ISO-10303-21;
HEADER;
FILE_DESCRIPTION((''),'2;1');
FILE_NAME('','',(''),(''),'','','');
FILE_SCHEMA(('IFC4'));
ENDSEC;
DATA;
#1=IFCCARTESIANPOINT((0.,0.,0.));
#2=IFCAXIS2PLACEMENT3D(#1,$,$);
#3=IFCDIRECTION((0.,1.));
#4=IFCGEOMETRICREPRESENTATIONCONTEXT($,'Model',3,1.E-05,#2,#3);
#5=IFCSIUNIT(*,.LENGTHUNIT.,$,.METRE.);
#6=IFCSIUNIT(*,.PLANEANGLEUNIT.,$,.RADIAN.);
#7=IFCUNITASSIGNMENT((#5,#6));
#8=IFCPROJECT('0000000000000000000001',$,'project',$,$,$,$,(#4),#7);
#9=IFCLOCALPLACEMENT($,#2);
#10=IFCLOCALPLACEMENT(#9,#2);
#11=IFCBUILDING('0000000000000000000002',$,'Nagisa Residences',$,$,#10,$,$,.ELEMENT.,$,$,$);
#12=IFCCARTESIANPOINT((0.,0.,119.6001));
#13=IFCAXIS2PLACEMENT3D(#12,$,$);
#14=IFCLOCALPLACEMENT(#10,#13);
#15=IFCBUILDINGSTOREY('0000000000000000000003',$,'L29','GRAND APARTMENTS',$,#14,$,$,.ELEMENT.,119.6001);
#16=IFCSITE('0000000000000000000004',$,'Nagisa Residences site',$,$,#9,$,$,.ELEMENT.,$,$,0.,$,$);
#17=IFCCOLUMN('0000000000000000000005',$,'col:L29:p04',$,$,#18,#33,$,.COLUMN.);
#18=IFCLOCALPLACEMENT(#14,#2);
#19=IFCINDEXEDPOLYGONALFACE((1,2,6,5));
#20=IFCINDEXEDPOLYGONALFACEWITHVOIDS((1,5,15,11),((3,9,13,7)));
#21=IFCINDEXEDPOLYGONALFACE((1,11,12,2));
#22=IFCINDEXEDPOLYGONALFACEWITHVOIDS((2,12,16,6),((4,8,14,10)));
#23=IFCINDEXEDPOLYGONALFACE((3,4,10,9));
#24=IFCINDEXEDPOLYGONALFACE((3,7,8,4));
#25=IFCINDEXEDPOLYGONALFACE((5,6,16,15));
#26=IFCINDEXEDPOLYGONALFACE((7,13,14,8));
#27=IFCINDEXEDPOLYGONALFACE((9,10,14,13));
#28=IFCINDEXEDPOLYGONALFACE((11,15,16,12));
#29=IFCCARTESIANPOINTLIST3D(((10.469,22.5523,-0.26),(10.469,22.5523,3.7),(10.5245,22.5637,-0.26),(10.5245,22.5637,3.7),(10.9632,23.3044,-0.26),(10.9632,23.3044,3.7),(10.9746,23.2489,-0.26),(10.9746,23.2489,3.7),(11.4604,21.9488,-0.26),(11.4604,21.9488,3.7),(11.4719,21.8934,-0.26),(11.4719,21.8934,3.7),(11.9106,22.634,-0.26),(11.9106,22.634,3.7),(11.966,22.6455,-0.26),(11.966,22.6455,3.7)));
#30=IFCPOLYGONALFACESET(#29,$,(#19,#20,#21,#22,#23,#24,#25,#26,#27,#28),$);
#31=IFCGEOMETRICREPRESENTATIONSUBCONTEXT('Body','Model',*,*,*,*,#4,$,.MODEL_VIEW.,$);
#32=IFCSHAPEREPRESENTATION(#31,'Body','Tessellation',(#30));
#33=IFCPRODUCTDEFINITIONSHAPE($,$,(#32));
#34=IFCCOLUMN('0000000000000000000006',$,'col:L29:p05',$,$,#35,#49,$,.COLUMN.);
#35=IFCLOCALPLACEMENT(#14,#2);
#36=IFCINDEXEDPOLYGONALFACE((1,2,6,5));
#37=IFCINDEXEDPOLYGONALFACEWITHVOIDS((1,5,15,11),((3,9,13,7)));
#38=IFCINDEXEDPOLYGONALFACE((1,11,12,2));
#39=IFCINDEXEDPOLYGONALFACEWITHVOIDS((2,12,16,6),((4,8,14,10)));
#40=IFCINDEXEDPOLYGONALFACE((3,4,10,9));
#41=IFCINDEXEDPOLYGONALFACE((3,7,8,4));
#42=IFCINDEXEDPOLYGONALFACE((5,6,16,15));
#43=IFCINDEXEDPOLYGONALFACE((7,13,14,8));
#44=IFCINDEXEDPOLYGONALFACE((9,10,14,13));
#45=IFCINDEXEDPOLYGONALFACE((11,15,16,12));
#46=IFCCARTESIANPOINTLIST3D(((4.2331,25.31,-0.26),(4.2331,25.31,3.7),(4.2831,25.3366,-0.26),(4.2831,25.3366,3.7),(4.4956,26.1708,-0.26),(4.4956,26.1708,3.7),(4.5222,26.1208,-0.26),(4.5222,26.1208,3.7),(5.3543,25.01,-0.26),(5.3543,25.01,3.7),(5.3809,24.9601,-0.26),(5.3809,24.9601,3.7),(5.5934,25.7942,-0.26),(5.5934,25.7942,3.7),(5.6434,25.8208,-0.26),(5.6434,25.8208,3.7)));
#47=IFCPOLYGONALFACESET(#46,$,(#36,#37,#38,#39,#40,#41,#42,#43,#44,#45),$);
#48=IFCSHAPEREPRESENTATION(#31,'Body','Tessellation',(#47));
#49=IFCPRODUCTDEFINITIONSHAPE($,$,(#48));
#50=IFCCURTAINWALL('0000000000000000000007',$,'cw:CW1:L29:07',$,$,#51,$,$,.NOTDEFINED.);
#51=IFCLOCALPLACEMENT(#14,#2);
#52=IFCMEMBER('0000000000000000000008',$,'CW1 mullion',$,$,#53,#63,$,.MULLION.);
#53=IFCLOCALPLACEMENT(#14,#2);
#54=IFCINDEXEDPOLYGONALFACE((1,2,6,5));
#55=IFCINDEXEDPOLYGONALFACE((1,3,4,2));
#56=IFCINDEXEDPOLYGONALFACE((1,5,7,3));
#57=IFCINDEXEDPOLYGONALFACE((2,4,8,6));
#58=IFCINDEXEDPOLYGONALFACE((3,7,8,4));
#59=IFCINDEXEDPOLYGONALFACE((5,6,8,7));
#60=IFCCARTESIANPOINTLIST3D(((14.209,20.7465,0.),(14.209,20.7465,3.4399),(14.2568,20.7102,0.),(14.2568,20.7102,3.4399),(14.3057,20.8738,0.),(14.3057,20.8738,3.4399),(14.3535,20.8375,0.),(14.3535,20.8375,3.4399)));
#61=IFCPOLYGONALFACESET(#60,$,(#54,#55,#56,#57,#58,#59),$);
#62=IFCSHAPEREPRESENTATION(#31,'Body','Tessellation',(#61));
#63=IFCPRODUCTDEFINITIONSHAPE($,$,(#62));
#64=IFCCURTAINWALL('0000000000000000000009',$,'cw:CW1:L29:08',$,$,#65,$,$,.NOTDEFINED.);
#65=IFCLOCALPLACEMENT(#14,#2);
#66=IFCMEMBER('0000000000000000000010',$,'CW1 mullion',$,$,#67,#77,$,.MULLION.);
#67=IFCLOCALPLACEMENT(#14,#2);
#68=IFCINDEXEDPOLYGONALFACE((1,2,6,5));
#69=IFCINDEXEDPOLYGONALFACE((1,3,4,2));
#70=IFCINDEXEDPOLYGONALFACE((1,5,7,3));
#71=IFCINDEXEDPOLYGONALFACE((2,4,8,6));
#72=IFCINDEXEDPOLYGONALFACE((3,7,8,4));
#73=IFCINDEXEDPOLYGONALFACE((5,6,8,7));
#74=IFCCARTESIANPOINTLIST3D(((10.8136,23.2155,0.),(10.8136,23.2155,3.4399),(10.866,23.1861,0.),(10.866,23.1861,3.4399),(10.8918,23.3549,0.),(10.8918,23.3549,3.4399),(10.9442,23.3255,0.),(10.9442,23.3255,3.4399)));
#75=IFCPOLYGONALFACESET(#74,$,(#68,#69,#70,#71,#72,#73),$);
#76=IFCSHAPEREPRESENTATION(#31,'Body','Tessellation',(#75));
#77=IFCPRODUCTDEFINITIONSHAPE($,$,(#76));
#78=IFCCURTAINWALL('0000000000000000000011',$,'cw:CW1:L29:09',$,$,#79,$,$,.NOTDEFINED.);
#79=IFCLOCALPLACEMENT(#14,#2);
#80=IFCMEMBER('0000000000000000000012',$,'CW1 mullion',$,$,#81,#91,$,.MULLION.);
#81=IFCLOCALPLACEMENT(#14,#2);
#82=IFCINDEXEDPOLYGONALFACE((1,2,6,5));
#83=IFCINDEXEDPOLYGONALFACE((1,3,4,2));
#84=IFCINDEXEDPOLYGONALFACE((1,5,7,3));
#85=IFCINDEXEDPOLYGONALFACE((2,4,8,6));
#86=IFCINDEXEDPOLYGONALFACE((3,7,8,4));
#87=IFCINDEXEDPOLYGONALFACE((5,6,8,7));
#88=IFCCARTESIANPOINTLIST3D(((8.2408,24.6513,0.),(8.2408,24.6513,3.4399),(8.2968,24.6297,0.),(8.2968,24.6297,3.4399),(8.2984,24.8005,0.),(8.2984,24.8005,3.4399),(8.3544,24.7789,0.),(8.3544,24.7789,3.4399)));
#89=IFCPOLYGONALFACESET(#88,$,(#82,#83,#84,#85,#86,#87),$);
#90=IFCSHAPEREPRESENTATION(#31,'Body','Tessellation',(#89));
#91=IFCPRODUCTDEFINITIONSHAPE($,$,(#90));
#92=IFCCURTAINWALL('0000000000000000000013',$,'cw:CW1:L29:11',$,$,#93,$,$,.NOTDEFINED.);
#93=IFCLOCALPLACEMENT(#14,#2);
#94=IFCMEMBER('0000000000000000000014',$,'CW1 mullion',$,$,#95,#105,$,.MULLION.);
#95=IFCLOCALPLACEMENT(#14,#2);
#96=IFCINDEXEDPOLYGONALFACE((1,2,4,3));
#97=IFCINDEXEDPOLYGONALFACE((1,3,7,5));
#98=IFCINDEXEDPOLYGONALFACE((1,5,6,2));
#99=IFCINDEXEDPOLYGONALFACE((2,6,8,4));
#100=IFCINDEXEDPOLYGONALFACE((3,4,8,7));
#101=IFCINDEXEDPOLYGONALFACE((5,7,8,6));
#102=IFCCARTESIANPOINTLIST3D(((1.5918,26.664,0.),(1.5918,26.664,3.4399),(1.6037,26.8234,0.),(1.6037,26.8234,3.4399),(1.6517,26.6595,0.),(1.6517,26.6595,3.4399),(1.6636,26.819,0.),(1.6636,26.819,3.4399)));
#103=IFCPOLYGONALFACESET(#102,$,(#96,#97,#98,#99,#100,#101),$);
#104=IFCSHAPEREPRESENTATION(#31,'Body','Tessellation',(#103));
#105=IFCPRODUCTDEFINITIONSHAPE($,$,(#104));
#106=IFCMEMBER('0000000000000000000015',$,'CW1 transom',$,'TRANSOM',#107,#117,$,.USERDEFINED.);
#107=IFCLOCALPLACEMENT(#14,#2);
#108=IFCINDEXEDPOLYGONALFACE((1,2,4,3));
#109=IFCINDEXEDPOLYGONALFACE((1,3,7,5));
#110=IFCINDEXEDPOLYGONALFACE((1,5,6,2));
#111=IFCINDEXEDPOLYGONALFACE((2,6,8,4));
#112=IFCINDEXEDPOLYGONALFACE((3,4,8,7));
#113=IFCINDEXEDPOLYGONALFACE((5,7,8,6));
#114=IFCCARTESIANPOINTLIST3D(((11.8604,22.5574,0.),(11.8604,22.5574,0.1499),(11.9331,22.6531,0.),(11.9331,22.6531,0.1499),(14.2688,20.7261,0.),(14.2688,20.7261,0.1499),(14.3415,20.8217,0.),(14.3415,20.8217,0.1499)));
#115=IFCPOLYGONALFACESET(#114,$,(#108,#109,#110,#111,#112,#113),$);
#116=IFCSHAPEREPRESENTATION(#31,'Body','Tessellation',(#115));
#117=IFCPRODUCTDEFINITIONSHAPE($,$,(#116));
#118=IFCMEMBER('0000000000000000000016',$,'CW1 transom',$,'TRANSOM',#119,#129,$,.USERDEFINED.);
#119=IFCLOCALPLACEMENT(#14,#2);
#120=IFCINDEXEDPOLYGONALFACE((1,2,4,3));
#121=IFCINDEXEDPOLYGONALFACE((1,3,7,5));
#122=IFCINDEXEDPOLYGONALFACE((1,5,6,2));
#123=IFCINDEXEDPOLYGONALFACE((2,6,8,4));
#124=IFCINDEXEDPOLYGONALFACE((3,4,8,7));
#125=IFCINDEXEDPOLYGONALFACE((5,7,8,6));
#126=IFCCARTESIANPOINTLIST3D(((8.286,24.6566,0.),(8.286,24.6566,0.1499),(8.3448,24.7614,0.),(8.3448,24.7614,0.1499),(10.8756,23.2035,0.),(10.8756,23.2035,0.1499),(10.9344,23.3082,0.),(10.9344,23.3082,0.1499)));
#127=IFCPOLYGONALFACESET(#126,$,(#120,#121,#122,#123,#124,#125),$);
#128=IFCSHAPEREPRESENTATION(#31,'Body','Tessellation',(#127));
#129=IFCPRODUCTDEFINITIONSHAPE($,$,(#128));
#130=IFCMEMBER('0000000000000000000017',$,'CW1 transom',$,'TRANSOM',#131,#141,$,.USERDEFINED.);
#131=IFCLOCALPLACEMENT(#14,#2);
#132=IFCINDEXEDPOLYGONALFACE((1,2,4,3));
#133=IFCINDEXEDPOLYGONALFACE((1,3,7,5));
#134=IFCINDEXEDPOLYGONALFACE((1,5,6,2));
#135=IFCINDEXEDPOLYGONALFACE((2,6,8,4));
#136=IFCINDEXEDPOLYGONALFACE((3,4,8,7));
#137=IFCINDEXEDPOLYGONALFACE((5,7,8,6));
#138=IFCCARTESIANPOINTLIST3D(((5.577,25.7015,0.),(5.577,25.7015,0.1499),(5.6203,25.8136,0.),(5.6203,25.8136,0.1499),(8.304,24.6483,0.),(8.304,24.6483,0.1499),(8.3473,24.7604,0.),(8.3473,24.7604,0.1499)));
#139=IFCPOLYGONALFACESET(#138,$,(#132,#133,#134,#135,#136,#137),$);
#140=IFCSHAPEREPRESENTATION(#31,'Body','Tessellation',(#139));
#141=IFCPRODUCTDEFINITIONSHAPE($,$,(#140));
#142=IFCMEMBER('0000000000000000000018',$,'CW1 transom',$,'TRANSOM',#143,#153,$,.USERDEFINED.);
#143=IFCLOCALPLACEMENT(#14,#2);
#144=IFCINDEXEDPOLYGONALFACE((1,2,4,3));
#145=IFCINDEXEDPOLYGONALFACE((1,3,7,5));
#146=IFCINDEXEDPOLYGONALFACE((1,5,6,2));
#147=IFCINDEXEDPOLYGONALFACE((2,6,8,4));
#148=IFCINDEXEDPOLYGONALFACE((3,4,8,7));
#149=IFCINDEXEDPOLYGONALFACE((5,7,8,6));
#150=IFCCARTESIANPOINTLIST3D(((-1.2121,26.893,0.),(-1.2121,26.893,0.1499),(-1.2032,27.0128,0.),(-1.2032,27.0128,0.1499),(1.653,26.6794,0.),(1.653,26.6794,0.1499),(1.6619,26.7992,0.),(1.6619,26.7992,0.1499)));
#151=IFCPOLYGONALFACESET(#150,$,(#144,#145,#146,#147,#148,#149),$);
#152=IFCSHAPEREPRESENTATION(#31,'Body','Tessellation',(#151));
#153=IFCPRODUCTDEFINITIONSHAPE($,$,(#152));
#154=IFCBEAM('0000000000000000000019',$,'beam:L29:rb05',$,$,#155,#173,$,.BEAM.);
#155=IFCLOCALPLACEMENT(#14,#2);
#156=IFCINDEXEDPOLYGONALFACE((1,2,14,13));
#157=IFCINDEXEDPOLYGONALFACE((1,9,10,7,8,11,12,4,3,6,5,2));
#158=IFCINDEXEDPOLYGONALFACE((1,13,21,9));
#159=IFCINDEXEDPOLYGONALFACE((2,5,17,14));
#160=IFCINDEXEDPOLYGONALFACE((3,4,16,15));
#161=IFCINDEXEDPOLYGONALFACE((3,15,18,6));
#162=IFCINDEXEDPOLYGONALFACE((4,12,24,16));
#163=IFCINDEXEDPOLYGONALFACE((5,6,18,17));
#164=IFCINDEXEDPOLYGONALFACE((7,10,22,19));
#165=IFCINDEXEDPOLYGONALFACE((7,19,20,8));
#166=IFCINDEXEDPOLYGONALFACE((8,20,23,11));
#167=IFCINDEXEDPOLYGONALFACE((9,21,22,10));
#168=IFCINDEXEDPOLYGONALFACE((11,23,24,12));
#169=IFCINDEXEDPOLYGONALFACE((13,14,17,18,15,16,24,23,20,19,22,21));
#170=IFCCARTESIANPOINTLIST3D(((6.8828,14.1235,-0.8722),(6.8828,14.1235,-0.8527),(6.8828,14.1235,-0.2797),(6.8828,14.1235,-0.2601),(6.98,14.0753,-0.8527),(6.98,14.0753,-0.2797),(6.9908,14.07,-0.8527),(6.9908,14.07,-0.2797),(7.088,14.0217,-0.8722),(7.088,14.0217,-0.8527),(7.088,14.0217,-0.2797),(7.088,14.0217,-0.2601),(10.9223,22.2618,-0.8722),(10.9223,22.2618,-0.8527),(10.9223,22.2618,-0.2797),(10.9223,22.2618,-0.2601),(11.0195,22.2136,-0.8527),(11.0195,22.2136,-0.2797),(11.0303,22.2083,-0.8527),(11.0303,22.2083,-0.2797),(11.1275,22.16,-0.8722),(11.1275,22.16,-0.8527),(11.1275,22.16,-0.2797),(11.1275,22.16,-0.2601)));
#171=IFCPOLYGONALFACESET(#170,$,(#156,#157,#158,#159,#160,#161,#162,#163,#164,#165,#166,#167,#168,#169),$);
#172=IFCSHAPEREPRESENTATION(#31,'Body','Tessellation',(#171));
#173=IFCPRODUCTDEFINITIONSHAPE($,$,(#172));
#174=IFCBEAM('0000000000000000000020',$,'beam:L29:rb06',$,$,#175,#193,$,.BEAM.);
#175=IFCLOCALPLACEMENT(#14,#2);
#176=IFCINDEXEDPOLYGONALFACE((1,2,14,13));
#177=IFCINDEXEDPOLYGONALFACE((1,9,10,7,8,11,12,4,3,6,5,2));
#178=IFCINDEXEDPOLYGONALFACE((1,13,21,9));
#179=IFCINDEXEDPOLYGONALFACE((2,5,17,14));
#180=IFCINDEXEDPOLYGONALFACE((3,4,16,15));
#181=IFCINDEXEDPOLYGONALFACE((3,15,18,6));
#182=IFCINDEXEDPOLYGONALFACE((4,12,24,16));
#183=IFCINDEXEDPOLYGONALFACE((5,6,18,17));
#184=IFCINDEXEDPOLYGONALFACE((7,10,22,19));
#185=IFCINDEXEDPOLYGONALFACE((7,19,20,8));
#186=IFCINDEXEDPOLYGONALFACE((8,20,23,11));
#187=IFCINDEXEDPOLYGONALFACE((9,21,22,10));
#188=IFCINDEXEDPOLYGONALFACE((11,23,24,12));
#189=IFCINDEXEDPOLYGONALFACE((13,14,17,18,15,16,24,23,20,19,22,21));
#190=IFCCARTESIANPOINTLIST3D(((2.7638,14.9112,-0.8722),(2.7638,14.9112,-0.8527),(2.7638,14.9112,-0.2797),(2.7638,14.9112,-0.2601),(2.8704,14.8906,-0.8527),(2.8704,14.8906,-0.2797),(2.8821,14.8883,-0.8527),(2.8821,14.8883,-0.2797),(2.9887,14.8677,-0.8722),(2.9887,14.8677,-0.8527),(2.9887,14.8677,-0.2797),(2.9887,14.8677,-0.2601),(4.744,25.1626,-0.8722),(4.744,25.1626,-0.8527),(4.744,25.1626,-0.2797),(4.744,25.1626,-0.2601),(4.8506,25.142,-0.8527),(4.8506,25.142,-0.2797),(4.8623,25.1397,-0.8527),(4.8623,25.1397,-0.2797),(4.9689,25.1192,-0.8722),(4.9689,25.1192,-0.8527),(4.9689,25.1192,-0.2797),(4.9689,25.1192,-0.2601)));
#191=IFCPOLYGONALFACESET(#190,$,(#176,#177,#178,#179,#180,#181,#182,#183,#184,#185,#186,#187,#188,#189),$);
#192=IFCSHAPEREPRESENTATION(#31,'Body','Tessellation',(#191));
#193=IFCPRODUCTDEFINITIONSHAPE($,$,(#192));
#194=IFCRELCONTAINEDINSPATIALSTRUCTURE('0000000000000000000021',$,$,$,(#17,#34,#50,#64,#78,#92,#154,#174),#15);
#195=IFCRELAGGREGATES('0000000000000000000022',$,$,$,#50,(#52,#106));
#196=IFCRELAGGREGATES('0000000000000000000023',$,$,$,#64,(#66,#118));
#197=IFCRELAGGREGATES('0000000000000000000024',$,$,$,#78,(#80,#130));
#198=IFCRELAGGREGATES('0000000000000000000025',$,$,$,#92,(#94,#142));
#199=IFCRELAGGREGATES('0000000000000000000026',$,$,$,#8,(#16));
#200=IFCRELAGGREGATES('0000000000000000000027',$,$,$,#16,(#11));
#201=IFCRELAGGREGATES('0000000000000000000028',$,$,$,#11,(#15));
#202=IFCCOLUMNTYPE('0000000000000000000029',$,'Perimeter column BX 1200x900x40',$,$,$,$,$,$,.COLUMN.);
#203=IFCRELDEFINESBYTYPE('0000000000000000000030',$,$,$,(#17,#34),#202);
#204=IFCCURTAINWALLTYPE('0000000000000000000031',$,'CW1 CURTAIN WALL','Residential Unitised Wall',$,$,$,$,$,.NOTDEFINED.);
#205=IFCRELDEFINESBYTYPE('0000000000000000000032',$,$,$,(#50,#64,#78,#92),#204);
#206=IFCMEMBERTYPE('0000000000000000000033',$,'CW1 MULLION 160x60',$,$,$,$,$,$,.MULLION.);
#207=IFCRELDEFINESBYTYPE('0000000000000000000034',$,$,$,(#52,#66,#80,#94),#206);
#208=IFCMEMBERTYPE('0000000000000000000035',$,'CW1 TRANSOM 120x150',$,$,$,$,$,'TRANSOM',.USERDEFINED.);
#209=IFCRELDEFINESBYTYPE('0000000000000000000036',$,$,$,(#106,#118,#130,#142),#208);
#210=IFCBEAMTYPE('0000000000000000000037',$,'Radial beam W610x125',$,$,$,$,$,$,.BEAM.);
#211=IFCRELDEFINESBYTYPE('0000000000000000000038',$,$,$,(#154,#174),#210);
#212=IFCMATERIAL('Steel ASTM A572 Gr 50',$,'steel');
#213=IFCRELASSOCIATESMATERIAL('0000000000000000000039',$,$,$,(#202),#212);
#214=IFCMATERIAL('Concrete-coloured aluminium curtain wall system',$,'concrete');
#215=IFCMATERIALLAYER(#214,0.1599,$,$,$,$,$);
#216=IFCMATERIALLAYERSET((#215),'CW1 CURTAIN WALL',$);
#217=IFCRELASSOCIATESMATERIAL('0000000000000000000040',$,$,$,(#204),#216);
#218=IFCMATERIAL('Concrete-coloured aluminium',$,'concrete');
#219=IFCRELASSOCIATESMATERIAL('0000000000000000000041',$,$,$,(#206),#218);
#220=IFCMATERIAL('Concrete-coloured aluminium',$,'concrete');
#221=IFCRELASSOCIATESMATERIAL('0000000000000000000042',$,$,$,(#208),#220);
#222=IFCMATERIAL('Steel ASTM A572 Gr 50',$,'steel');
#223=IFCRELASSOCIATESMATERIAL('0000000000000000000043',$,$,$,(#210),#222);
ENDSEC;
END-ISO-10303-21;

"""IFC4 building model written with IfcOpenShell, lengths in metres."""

from ifc_helpers import new_model, si_unit, direction, frame, origin, origin_2d, place, context, subcontext, project, spatial, rectangle, hollow_rectangle, i_section, extrude, material, layer, layer_set, material_profile, profile_set, type_object, element, aggregate, save


model = new_model("IFC4")

# Units and contexts
model_context = context("Model", 3, precision=1e-05, world=origin(), true_north=direction((0.0, 1.0)))
body_context = subcontext(model_context, "Body", "Model", "MODEL_VIEW")
ifc_project = project(units=[si_unit("LENGTHUNIT", "METRE"), si_unit("PLANEANGLEUNIT", "RADIAN")], contexts=[model_context])

# Site, building, storey
site_placement = place(None, origin())
site = spatial("IfcSite", under=ifc_project, at=site_placement, Name="Nagisa Residences site", CompositionType="ELEMENT", RefElevation=0.0)
building_placement = place(site_placement, origin())
building = spatial("IfcBuilding", under=site, at=building_placement, Name="Nagisa Residences", CompositionType="ELEMENT")
storey_placement = place(building_placement, frame((0.0, 0.0, 119.6001)))
storey = spatial("IfcBuildingStorey", under=building, at=storey_placement, Name="L29", Description="GRAND APARTMENTS", CompositionType="ELEMENT", Elevation=119.6001)

# Columns
ifc_material_1 = material(Name="Steel ASTM A572 Gr 50", Category="steel")
ifc_material_profile_1 = material_profile(ifc_material_1, hollow_rectangle(XDim=1.2, YDim=0.8999, WallThickness=0.04, at=origin_2d()), Name="BX 1200x900x40")
ifc_profile_set_1 = profile_set([ifc_material_profile_1], Name="Steel ASTM A572 Gr 50")
column_type = type_object("IfcColumnType", Name="Perimeter column BX 1200x900x40", PredefinedType="COLUMN", material=ifc_profile_set_1)
for number, where, z_axis, x_axis, name in (
    (1, (11.2175, 22.5989, -0.26), (0.0, 0.0, 1.0), (-0.835766, 0.549086, 0.0), "col:L29:p04"),
    (2, (4.9382, 25.5654, -0.26), (0.0, 0.0, 1.0), (-0.956525, 0.291652, 0.0), "col:L29:p05"),
):
    element("IfcColumn", number, at=place(storey_placement, frame(where, z_axis=z_axis, x_axis=x_axis)), inside=storey, type_object=column_type, Name=name, PredefinedType="COLUMN", context=body_context, shape_type="SweptSolid", body=[
        extrude(hollow_rectangle(XDim=1.2, YDim=0.8999, WallThickness=0.04, at=origin_2d()), origin(), (0.0, 0.0, 1.0), 3.96),
    ])

# Curtain walls, members
ifc_material_2 = material(Name="Concrete-coloured aluminium curtain wall system", Category="concrete")
ifc_layer_1 = layer(ifc_material_2, 0.1599)
ifc_layer_set_1 = layer_set([ifc_layer_1], Name="CW1 CURTAIN WALL")
curtain_wall_type = type_object("IfcCurtainWallType", Name="CW1 CURTAIN WALL", Description="Residential Unitised Wall", PredefinedType="NOTDEFINED", material=ifc_layer_set_1)
curtain_wall_1_placement = place(storey_placement, origin())
curtain_wall_1 = element("IfcCurtainWall", 3, at=curtain_wall_1_placement, inside=storey, type_object=curtain_wall_type, Name="cw:CW1:L29:07", PredefinedType="NOTDEFINED")
ifc_material_3 = material(Name="Concrete-coloured aluminium", Category="concrete")
ifc_material_profile_2 = material_profile(ifc_material_3, rectangle(XDim=0.1599, YDim=0.0601, at=origin_2d()), Name="CW1 MULLION 160x60")
ifc_profile_set_2 = profile_set([ifc_material_profile_2], Name="Concrete-coloured aluminium")
member_type_1 = type_object("IfcMemberType", Name="CW1 MULLION 160x60", PredefinedType="MULLION", material=ifc_profile_set_2)
member_1_placement = place(storey_placement, frame((14.2812, 20.792, 0.0), z_axis=(0.0, 0.0, 1.0), x_axis=(-0.605255, -0.796031, 0.0)))
member_1 = element("IfcMember", 4, at=member_1_placement, type_object=member_type_1, Name="CW1 mullion", PredefinedType="MULLION", context=body_context, shape_type="SweptSolid", body=[
    extrude(rectangle(XDim=0.1599, YDim=0.0601, at=origin_2d()), origin(), (0.0, 0.0, 1.0), 3.4399),
])
curtain_wall_2_placement = place(storey_placement, origin())
curtain_wall_2 = element("IfcCurtainWall", 5, at=curtain_wall_2_placement, inside=storey, type_object=curtain_wall_type, Name="cw:CW1:L29:08", PredefinedType="NOTDEFINED")
member_2_placement = place(storey_placement, frame((10.8789, 23.2705, 0.0), z_axis=(0.0, 0.0, 1.0), x_axis=(-0.489377, -0.872072, 0.0)))
member_2 = element("IfcMember", 6, at=member_2_placement, type_object=member_type_1, Name="CW1 mullion", PredefinedType="MULLION", context=body_context, shape_type="SweptSolid", body=[
    extrude(rectangle(XDim=0.1599, YDim=0.0601, at=origin_2d()), origin(), (0.0, 0.0, 1.0), 3.4399),
])
curtain_wall_3_placement = place(storey_placement, origin())
curtain_wall_3 = element("IfcCurtainWall", 7, at=curtain_wall_3_placement, inside=storey, type_object=curtain_wall_type, Name="cw:CW1:L29:09", PredefinedType="NOTDEFINED")
member_3_placement = place(storey_placement, frame((8.2976, 24.7151, 0.0), z_axis=(0.0, 0.0, 1.0), x_axis=(-0.360328, -0.932826, 0.0)))
member_3 = element("IfcMember", 8, at=member_3_placement, type_object=member_type_1, Name="CW1 mullion", PredefinedType="MULLION", context=body_context, shape_type="SweptSolid", body=[
    extrude(rectangle(XDim=0.1599, YDim=0.0601, at=origin_2d()), origin(), (0.0, 0.0, 1.0), 3.4399),
])
curtain_wall_4_placement = place(storey_placement, origin())
curtain_wall_4 = element("IfcCurtainWall", 9, at=curtain_wall_4_placement, inside=storey, type_object=curtain_wall_type, Name="cw:CW1:L29:11", PredefinedType="NOTDEFINED")
member_4_placement = place(storey_placement, frame((1.6277, 26.7415, 0.0), z_axis=(0.0, 0.0, 1.0), x_axis=(-0.074377, -0.99723, 0.0)))
member_4 = element("IfcMember", 10, at=member_4_placement, type_object=member_type_1, Name="CW1 mullion", PredefinedType="MULLION", context=body_context, shape_type="SweptSolid", body=[
    extrude(rectangle(XDim=0.1599, YDim=0.0601, at=origin_2d()), origin(), (0.0, 0.0, 1.0), 3.4399),
])

# Members
ifc_material_4 = material(Name="Concrete-coloured aluminium", Category="concrete")
ifc_material_profile_3 = material_profile(ifc_material_4, rectangle(XDim=0.1201, YDim=0.1499, at=origin_2d()), Name="CW1 TRANSOM 120x150")
ifc_profile_set_3 = profile_set([ifc_material_profile_3], Name="Concrete-coloured aluminium")
member_type_2 = type_object("IfcMemberType", Name="CW1 TRANSOM 120x150", ElementType="TRANSOM", PredefinedType="USERDEFINED", material=ifc_profile_set_3)
member_5_placement = place(storey_placement, frame((14.3052, 20.7739, 0.075), z_axis=(-0.796022, 0.605267, 0.0), x_axis=(-0.605267, -0.796022, 0.0)))
member_5 = element("IfcMember", 11, at=member_5_placement, type_object=member_type_2, Name="CW1 transom", ObjectType="TRANSOM", PredefinedType="USERDEFINED", context=body_context, shape_type="SweptSolid", body=[
    extrude(rectangle(XDim=0.1201, YDim=0.1499, at=origin_2d()), origin(), (0.0, 0.0, 1.0), 3.0256),
])
member_6_placement = place(storey_placement, frame((10.905, 23.2559, 0.075), z_axis=(-0.872082, 0.489359, 0.0), x_axis=(-0.489359, -0.872082, 0.0)))
member_6 = element("IfcMember", 12, at=member_6_placement, type_object=member_type_2, Name="CW1 transom", ObjectType="TRANSOM", PredefinedType="USERDEFINED", context=body_context, shape_type="SweptSolid", body=[
    extrude(rectangle(XDim=0.1201, YDim=0.1499, at=origin_2d()), origin(), (0.0, 0.0, 1.0), 2.9695),
])
member_7_placement = place(storey_placement, frame((8.3257, 24.7043, 0.075), z_axis=(-0.932845, 0.360277, 0.0), x_axis=(-0.360277, -0.932845, 0.0)))
member_7 = element("IfcMember", 13, at=member_7_placement, type_object=member_type_2, Name="CW1 transom", ObjectType="TRANSOM", PredefinedType="USERDEFINED", context=body_context, shape_type="SweptSolid", body=[
    extrude(rectangle(XDim=0.1201, YDim=0.1499, at=origin_2d()), origin(), (0.0, 0.0, 1.0), 2.9233),
])
member_8_placement = place(storey_placement, frame((1.6575, 26.7393, 0.075), z_axis=(-0.997232, 0.074357, 0.0), x_axis=(-0.074357, -0.997232, 0.0)))
member_8 = element("IfcMember", 14, at=member_8_placement, type_object=member_type_2, Name="CW1 transom", ObjectType="TRANSOM", PredefinedType="USERDEFINED", context=body_context, shape_type="SweptSolid", body=[
    extrude(rectangle(XDim=0.1201, YDim=0.1499, at=origin_2d()), origin(), (0.0, 0.0, 1.0), 2.873),
])

# Beams
ifc_material_5 = material(Name="Steel ASTM A572 Gr 50", Category="steel")
ifc_material_profile_4 = material_profile(ifc_material_5, i_section(OverallWidth=0.229, OverallDepth=0.6121, WebThickness=0.012, FlangeThickness=0.0195, at=origin_2d()), Name="W610x125")
ifc_profile_set_4 = profile_set([ifc_material_profile_4], Name="Steel ASTM A572 Gr 50")
beam_type = type_object("IfcBeamType", Name="Radial beam W610x125", PredefinedType="BEAM", material=ifc_profile_set_4)
beam_1_placement = place(storey_placement, frame((11.0249, 22.2109, -0.5662), z_axis=(-0.4446, -0.895729, 0.0), x_axis=(0.895729, -0.4446, 0.0)))
element("IfcBeam", 15, at=beam_1_placement, inside=storey, type_object=beam_type, Name="beam:L29:rb05", PredefinedType="BEAM", context=body_context, shape_type="SweptSolid", body=[
    extrude(i_section(OverallWidth=0.229, OverallDepth=0.6121, WebThickness=0.012, FlangeThickness=0.0195, at=origin_2d()), origin(), (0.0, 0.0, 1.0), 9.0857),
])
beam_2_placement = place(storey_placement, frame((4.8564, 25.1409, -0.5662), z_axis=(-0.189659, -0.98185, 0.0), x_axis=(0.98185, -0.189659, 0.0)))
element("IfcBeam", 16, at=beam_2_placement, inside=storey, type_object=beam_type, Name="beam:L29:rb06", PredefinedType="BEAM", context=body_context, shape_type="SweptSolid", body=[
    extrude(i_section(OverallWidth=0.229, OverallDepth=0.6121, WebThickness=0.012, FlangeThickness=0.0195, at=origin_2d()), origin(), (0.0, 0.0, 1.0), 10.4409),
])

aggregate(curtain_wall_1, [member_1, member_5])
aggregate(curtain_wall_2, [member_2, member_6])
aggregate(curtain_wall_3, [member_3, member_7])
aggregate(curtain_wall_4, [member_4, member_8])

save(model, "model.ifc")
